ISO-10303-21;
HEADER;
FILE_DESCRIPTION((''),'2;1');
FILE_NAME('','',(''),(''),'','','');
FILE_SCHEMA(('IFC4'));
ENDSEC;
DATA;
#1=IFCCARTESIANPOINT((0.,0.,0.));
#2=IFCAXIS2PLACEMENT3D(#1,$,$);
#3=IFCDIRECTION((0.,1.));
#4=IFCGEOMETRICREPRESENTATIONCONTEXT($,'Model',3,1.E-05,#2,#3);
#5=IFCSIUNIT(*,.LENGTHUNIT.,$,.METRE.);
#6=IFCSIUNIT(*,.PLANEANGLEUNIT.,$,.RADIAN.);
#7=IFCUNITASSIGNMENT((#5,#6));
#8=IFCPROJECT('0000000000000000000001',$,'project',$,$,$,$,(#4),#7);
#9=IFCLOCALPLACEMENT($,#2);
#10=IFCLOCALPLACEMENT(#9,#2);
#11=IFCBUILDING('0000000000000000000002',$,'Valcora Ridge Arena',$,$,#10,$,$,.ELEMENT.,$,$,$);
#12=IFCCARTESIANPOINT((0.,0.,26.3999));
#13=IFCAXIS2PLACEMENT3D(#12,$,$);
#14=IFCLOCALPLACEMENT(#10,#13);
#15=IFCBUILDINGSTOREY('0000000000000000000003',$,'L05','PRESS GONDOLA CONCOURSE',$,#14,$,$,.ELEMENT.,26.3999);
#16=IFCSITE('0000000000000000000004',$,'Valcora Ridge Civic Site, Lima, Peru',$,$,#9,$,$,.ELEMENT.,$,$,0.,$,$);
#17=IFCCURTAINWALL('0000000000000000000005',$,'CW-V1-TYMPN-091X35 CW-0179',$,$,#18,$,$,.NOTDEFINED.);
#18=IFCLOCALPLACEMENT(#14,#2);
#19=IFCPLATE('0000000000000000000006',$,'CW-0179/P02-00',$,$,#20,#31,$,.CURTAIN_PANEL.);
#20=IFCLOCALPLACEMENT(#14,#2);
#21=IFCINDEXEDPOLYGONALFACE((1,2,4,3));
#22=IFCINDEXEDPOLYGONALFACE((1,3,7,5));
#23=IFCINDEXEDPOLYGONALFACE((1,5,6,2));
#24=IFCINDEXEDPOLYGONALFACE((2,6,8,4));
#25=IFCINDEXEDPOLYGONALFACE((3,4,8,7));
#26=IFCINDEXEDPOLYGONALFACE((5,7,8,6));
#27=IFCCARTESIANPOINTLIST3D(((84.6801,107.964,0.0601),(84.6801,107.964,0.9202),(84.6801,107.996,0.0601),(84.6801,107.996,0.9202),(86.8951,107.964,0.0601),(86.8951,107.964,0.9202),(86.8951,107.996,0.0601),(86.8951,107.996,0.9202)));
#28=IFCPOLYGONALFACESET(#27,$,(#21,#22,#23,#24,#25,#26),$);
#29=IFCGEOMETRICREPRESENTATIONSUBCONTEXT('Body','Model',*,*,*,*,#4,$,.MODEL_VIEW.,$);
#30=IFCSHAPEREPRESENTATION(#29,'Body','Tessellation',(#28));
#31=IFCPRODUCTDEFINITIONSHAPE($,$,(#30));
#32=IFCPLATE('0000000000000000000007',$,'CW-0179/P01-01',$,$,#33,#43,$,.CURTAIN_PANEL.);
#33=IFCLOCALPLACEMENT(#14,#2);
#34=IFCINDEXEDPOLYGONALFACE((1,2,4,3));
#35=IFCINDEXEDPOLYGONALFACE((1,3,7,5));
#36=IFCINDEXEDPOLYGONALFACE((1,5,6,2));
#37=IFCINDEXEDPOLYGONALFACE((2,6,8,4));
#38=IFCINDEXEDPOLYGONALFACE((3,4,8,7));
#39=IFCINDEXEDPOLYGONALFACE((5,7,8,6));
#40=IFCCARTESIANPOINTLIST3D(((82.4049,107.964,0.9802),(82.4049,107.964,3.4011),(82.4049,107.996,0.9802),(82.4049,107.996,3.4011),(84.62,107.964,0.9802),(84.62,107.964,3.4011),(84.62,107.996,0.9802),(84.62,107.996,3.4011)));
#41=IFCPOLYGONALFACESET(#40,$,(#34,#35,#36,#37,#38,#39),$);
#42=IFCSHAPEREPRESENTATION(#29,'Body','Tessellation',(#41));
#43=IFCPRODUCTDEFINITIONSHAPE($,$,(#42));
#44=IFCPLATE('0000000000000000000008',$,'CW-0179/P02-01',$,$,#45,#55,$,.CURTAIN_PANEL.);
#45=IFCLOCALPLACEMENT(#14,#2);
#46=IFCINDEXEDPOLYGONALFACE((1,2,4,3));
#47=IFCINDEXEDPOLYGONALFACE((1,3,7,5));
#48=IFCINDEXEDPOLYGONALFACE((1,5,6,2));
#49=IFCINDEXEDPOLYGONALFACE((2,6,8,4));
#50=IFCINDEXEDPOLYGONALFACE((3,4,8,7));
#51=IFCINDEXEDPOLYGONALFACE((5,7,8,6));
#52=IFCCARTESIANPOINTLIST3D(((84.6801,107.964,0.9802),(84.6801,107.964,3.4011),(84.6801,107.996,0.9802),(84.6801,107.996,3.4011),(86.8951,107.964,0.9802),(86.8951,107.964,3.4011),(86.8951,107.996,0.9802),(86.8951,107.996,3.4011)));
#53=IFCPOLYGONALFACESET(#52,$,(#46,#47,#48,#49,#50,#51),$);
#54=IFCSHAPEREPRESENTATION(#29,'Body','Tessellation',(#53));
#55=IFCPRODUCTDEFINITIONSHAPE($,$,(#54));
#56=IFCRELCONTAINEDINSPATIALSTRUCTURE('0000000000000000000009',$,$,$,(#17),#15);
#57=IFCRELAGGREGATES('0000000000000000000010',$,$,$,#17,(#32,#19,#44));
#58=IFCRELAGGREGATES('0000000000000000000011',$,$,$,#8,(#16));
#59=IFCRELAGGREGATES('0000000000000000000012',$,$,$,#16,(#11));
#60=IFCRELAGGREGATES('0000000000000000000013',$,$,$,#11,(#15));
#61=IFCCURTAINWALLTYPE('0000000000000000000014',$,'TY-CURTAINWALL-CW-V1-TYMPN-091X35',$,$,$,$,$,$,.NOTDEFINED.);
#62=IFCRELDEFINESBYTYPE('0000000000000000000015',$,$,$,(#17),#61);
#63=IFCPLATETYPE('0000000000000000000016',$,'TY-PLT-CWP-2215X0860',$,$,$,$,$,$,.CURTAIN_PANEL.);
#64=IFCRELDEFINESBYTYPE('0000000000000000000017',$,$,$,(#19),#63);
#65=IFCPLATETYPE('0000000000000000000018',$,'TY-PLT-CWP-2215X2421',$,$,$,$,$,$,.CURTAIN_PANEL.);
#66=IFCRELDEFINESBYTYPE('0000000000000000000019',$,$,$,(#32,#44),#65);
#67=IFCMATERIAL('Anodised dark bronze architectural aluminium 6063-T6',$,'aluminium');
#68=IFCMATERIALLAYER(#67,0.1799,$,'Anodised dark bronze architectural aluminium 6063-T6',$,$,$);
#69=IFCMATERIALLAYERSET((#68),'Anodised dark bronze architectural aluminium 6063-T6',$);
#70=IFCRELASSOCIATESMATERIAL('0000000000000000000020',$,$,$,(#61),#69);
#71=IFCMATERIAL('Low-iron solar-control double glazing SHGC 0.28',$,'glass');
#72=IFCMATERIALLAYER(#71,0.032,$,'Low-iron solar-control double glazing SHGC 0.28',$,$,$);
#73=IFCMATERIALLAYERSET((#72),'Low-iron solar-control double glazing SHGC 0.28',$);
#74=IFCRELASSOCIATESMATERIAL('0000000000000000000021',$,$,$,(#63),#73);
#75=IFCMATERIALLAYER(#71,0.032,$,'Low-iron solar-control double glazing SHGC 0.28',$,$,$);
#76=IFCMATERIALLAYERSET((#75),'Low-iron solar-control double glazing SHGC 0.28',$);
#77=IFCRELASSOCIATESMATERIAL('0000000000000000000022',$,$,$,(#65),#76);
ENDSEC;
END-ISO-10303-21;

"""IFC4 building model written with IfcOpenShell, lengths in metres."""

from ifc_helpers import new_model, si_unit, direction, frame, origin, origin_2d, place, context, subcontext, project, spatial, rectangle, extrude, material, layer, layer_set, type_object, element, aggregate, save


model = new_model("IFC4")

# Units and contexts
model_context = context("Model", 3, precision=1e-05, world=origin(), true_north=direction((0.0, 1.0)))
body_context = subcontext(model_context, "Body", "Model", "MODEL_VIEW")
ifc_project = project(units=[si_unit("LENGTHUNIT", "METRE"), si_unit("PLANEANGLEUNIT", "RADIAN")], contexts=[model_context])

# Site, building, storey
site_placement = place(None, origin())
site = spatial("IfcSite", under=ifc_project, at=site_placement, Name="Valcora Ridge Civic Site, Lima, Peru", CompositionType="ELEMENT", RefElevation=0.0)
building_placement = place(site_placement, origin())
building = spatial("IfcBuilding", under=site, at=building_placement, Name="Valcora Ridge Arena", CompositionType="ELEMENT")
storey_placement = place(building_placement, frame((0.0, 0.0, 26.3999)))
storey = spatial("IfcBuildingStorey", under=building, at=storey_placement, Name="L05", Description="PRESS GONDOLA CONCOURSE", CompositionType="ELEMENT", Elevation=26.3999)

# Curtain wall
ifc_material_1 = material(Name="Anodised dark bronze architectural aluminium 6063-T6", Category="aluminium")
ifc_layer_1 = layer(ifc_material_1, 0.1799, Name="Anodised dark bronze architectural aluminium 6063-T6")
ifc_layer_set_1 = layer_set([ifc_layer_1], Name="Anodised dark bronze architectural aluminium 6063-T6")
curtain_wall_type = type_object("IfcCurtainWallType", Name="TY-CURTAINWALL-CW-V1-TYMPN-091X35", PredefinedType="NOTDEFINED", material=ifc_layer_set_1)
curtain_wall_placement = place(storey_placement, origin())
curtain_wall = element("IfcCurtainWall", 1, at=curtain_wall_placement, inside=storey, type_object=curtain_wall_type, Name="CW-V1-TYMPN-091X35 CW-0179", PredefinedType="NOTDEFINED")

# Plates
ifc_material_2 = material(Name="Low-iron solar-control double glazing SHGC 0.28", Category="glass")
ifc_layer_2 = layer(ifc_material_2, 0.032, Name="Low-iron solar-control double glazing SHGC 0.28")
ifc_layer_set_2 = layer_set([ifc_layer_2], Name="Low-iron solar-control double glazing SHGC 0.28")
plate_type_1 = type_object("IfcPlateType", Name="TY-PLT-CWP-2215X0860", PredefinedType="CURTAIN_PANEL", material=ifc_layer_set_2)
plate_1_placement = place(storey_placement, frame((85.7876, 107.98, 0.0601), z_axis=(0.0, 0.0, 1.0), x_axis=(1.0, 0.0, 0.0)))
plate_1 = element("IfcPlate", 2, at=plate_1_placement, type_object=plate_type_1, Name="CW-0179/P02-00", PredefinedType="CURTAIN_PANEL", context=body_context, shape_type="SweptSolid", body=[
    extrude(rectangle(XDim=2.2151, YDim=0.032, at=origin_2d()), origin(), (0.0, 0.0, 1.0), 0.8601),
])
ifc_layer_3 = layer(ifc_material_2, 0.032, Name="Low-iron solar-control double glazing SHGC 0.28")
ifc_layer_set_3 = layer_set([ifc_layer_3], Name="Low-iron solar-control double glazing SHGC 0.28")
plate_type_2 = type_object("IfcPlateType", Name="TY-PLT-CWP-2215X2421", PredefinedType="CURTAIN_PANEL", material=ifc_layer_set_3)
plate_2_placement = place(storey_placement, frame((83.5125, 107.98, 0.9802), z_axis=(0.0, 0.0, 1.0), x_axis=(1.0, 0.0, 0.0)))
plate_2 = element("IfcPlate", 3, at=plate_2_placement, type_object=plate_type_2, Name="CW-0179/P01-01", PredefinedType="CURTAIN_PANEL", context=body_context, shape_type="SweptSolid", body=[
    extrude(rectangle(XDim=2.2151, YDim=0.032, at=origin_2d()), origin(), (0.0, 0.0, 1.0), 2.4209),
])
plate_3_placement = place(storey_placement, frame((85.7876, 107.98, 0.9802), z_axis=(0.0, 0.0, 1.0), x_axis=(1.0, 0.0, 0.0)))
plate_3 = element("IfcPlate", 4, at=plate_3_placement, type_object=plate_type_2, Name="CW-0179/P02-01", PredefinedType="CURTAIN_PANEL", context=body_context, shape_type="SweptSolid", body=[
    extrude(rectangle(XDim=2.2151, YDim=0.032, at=origin_2d()), origin(), (0.0, 0.0, 1.0), 2.4209),
])
aggregate(curtain_wall, [plate_2, plate_1, plate_3])

save(model, "model.ifc")
